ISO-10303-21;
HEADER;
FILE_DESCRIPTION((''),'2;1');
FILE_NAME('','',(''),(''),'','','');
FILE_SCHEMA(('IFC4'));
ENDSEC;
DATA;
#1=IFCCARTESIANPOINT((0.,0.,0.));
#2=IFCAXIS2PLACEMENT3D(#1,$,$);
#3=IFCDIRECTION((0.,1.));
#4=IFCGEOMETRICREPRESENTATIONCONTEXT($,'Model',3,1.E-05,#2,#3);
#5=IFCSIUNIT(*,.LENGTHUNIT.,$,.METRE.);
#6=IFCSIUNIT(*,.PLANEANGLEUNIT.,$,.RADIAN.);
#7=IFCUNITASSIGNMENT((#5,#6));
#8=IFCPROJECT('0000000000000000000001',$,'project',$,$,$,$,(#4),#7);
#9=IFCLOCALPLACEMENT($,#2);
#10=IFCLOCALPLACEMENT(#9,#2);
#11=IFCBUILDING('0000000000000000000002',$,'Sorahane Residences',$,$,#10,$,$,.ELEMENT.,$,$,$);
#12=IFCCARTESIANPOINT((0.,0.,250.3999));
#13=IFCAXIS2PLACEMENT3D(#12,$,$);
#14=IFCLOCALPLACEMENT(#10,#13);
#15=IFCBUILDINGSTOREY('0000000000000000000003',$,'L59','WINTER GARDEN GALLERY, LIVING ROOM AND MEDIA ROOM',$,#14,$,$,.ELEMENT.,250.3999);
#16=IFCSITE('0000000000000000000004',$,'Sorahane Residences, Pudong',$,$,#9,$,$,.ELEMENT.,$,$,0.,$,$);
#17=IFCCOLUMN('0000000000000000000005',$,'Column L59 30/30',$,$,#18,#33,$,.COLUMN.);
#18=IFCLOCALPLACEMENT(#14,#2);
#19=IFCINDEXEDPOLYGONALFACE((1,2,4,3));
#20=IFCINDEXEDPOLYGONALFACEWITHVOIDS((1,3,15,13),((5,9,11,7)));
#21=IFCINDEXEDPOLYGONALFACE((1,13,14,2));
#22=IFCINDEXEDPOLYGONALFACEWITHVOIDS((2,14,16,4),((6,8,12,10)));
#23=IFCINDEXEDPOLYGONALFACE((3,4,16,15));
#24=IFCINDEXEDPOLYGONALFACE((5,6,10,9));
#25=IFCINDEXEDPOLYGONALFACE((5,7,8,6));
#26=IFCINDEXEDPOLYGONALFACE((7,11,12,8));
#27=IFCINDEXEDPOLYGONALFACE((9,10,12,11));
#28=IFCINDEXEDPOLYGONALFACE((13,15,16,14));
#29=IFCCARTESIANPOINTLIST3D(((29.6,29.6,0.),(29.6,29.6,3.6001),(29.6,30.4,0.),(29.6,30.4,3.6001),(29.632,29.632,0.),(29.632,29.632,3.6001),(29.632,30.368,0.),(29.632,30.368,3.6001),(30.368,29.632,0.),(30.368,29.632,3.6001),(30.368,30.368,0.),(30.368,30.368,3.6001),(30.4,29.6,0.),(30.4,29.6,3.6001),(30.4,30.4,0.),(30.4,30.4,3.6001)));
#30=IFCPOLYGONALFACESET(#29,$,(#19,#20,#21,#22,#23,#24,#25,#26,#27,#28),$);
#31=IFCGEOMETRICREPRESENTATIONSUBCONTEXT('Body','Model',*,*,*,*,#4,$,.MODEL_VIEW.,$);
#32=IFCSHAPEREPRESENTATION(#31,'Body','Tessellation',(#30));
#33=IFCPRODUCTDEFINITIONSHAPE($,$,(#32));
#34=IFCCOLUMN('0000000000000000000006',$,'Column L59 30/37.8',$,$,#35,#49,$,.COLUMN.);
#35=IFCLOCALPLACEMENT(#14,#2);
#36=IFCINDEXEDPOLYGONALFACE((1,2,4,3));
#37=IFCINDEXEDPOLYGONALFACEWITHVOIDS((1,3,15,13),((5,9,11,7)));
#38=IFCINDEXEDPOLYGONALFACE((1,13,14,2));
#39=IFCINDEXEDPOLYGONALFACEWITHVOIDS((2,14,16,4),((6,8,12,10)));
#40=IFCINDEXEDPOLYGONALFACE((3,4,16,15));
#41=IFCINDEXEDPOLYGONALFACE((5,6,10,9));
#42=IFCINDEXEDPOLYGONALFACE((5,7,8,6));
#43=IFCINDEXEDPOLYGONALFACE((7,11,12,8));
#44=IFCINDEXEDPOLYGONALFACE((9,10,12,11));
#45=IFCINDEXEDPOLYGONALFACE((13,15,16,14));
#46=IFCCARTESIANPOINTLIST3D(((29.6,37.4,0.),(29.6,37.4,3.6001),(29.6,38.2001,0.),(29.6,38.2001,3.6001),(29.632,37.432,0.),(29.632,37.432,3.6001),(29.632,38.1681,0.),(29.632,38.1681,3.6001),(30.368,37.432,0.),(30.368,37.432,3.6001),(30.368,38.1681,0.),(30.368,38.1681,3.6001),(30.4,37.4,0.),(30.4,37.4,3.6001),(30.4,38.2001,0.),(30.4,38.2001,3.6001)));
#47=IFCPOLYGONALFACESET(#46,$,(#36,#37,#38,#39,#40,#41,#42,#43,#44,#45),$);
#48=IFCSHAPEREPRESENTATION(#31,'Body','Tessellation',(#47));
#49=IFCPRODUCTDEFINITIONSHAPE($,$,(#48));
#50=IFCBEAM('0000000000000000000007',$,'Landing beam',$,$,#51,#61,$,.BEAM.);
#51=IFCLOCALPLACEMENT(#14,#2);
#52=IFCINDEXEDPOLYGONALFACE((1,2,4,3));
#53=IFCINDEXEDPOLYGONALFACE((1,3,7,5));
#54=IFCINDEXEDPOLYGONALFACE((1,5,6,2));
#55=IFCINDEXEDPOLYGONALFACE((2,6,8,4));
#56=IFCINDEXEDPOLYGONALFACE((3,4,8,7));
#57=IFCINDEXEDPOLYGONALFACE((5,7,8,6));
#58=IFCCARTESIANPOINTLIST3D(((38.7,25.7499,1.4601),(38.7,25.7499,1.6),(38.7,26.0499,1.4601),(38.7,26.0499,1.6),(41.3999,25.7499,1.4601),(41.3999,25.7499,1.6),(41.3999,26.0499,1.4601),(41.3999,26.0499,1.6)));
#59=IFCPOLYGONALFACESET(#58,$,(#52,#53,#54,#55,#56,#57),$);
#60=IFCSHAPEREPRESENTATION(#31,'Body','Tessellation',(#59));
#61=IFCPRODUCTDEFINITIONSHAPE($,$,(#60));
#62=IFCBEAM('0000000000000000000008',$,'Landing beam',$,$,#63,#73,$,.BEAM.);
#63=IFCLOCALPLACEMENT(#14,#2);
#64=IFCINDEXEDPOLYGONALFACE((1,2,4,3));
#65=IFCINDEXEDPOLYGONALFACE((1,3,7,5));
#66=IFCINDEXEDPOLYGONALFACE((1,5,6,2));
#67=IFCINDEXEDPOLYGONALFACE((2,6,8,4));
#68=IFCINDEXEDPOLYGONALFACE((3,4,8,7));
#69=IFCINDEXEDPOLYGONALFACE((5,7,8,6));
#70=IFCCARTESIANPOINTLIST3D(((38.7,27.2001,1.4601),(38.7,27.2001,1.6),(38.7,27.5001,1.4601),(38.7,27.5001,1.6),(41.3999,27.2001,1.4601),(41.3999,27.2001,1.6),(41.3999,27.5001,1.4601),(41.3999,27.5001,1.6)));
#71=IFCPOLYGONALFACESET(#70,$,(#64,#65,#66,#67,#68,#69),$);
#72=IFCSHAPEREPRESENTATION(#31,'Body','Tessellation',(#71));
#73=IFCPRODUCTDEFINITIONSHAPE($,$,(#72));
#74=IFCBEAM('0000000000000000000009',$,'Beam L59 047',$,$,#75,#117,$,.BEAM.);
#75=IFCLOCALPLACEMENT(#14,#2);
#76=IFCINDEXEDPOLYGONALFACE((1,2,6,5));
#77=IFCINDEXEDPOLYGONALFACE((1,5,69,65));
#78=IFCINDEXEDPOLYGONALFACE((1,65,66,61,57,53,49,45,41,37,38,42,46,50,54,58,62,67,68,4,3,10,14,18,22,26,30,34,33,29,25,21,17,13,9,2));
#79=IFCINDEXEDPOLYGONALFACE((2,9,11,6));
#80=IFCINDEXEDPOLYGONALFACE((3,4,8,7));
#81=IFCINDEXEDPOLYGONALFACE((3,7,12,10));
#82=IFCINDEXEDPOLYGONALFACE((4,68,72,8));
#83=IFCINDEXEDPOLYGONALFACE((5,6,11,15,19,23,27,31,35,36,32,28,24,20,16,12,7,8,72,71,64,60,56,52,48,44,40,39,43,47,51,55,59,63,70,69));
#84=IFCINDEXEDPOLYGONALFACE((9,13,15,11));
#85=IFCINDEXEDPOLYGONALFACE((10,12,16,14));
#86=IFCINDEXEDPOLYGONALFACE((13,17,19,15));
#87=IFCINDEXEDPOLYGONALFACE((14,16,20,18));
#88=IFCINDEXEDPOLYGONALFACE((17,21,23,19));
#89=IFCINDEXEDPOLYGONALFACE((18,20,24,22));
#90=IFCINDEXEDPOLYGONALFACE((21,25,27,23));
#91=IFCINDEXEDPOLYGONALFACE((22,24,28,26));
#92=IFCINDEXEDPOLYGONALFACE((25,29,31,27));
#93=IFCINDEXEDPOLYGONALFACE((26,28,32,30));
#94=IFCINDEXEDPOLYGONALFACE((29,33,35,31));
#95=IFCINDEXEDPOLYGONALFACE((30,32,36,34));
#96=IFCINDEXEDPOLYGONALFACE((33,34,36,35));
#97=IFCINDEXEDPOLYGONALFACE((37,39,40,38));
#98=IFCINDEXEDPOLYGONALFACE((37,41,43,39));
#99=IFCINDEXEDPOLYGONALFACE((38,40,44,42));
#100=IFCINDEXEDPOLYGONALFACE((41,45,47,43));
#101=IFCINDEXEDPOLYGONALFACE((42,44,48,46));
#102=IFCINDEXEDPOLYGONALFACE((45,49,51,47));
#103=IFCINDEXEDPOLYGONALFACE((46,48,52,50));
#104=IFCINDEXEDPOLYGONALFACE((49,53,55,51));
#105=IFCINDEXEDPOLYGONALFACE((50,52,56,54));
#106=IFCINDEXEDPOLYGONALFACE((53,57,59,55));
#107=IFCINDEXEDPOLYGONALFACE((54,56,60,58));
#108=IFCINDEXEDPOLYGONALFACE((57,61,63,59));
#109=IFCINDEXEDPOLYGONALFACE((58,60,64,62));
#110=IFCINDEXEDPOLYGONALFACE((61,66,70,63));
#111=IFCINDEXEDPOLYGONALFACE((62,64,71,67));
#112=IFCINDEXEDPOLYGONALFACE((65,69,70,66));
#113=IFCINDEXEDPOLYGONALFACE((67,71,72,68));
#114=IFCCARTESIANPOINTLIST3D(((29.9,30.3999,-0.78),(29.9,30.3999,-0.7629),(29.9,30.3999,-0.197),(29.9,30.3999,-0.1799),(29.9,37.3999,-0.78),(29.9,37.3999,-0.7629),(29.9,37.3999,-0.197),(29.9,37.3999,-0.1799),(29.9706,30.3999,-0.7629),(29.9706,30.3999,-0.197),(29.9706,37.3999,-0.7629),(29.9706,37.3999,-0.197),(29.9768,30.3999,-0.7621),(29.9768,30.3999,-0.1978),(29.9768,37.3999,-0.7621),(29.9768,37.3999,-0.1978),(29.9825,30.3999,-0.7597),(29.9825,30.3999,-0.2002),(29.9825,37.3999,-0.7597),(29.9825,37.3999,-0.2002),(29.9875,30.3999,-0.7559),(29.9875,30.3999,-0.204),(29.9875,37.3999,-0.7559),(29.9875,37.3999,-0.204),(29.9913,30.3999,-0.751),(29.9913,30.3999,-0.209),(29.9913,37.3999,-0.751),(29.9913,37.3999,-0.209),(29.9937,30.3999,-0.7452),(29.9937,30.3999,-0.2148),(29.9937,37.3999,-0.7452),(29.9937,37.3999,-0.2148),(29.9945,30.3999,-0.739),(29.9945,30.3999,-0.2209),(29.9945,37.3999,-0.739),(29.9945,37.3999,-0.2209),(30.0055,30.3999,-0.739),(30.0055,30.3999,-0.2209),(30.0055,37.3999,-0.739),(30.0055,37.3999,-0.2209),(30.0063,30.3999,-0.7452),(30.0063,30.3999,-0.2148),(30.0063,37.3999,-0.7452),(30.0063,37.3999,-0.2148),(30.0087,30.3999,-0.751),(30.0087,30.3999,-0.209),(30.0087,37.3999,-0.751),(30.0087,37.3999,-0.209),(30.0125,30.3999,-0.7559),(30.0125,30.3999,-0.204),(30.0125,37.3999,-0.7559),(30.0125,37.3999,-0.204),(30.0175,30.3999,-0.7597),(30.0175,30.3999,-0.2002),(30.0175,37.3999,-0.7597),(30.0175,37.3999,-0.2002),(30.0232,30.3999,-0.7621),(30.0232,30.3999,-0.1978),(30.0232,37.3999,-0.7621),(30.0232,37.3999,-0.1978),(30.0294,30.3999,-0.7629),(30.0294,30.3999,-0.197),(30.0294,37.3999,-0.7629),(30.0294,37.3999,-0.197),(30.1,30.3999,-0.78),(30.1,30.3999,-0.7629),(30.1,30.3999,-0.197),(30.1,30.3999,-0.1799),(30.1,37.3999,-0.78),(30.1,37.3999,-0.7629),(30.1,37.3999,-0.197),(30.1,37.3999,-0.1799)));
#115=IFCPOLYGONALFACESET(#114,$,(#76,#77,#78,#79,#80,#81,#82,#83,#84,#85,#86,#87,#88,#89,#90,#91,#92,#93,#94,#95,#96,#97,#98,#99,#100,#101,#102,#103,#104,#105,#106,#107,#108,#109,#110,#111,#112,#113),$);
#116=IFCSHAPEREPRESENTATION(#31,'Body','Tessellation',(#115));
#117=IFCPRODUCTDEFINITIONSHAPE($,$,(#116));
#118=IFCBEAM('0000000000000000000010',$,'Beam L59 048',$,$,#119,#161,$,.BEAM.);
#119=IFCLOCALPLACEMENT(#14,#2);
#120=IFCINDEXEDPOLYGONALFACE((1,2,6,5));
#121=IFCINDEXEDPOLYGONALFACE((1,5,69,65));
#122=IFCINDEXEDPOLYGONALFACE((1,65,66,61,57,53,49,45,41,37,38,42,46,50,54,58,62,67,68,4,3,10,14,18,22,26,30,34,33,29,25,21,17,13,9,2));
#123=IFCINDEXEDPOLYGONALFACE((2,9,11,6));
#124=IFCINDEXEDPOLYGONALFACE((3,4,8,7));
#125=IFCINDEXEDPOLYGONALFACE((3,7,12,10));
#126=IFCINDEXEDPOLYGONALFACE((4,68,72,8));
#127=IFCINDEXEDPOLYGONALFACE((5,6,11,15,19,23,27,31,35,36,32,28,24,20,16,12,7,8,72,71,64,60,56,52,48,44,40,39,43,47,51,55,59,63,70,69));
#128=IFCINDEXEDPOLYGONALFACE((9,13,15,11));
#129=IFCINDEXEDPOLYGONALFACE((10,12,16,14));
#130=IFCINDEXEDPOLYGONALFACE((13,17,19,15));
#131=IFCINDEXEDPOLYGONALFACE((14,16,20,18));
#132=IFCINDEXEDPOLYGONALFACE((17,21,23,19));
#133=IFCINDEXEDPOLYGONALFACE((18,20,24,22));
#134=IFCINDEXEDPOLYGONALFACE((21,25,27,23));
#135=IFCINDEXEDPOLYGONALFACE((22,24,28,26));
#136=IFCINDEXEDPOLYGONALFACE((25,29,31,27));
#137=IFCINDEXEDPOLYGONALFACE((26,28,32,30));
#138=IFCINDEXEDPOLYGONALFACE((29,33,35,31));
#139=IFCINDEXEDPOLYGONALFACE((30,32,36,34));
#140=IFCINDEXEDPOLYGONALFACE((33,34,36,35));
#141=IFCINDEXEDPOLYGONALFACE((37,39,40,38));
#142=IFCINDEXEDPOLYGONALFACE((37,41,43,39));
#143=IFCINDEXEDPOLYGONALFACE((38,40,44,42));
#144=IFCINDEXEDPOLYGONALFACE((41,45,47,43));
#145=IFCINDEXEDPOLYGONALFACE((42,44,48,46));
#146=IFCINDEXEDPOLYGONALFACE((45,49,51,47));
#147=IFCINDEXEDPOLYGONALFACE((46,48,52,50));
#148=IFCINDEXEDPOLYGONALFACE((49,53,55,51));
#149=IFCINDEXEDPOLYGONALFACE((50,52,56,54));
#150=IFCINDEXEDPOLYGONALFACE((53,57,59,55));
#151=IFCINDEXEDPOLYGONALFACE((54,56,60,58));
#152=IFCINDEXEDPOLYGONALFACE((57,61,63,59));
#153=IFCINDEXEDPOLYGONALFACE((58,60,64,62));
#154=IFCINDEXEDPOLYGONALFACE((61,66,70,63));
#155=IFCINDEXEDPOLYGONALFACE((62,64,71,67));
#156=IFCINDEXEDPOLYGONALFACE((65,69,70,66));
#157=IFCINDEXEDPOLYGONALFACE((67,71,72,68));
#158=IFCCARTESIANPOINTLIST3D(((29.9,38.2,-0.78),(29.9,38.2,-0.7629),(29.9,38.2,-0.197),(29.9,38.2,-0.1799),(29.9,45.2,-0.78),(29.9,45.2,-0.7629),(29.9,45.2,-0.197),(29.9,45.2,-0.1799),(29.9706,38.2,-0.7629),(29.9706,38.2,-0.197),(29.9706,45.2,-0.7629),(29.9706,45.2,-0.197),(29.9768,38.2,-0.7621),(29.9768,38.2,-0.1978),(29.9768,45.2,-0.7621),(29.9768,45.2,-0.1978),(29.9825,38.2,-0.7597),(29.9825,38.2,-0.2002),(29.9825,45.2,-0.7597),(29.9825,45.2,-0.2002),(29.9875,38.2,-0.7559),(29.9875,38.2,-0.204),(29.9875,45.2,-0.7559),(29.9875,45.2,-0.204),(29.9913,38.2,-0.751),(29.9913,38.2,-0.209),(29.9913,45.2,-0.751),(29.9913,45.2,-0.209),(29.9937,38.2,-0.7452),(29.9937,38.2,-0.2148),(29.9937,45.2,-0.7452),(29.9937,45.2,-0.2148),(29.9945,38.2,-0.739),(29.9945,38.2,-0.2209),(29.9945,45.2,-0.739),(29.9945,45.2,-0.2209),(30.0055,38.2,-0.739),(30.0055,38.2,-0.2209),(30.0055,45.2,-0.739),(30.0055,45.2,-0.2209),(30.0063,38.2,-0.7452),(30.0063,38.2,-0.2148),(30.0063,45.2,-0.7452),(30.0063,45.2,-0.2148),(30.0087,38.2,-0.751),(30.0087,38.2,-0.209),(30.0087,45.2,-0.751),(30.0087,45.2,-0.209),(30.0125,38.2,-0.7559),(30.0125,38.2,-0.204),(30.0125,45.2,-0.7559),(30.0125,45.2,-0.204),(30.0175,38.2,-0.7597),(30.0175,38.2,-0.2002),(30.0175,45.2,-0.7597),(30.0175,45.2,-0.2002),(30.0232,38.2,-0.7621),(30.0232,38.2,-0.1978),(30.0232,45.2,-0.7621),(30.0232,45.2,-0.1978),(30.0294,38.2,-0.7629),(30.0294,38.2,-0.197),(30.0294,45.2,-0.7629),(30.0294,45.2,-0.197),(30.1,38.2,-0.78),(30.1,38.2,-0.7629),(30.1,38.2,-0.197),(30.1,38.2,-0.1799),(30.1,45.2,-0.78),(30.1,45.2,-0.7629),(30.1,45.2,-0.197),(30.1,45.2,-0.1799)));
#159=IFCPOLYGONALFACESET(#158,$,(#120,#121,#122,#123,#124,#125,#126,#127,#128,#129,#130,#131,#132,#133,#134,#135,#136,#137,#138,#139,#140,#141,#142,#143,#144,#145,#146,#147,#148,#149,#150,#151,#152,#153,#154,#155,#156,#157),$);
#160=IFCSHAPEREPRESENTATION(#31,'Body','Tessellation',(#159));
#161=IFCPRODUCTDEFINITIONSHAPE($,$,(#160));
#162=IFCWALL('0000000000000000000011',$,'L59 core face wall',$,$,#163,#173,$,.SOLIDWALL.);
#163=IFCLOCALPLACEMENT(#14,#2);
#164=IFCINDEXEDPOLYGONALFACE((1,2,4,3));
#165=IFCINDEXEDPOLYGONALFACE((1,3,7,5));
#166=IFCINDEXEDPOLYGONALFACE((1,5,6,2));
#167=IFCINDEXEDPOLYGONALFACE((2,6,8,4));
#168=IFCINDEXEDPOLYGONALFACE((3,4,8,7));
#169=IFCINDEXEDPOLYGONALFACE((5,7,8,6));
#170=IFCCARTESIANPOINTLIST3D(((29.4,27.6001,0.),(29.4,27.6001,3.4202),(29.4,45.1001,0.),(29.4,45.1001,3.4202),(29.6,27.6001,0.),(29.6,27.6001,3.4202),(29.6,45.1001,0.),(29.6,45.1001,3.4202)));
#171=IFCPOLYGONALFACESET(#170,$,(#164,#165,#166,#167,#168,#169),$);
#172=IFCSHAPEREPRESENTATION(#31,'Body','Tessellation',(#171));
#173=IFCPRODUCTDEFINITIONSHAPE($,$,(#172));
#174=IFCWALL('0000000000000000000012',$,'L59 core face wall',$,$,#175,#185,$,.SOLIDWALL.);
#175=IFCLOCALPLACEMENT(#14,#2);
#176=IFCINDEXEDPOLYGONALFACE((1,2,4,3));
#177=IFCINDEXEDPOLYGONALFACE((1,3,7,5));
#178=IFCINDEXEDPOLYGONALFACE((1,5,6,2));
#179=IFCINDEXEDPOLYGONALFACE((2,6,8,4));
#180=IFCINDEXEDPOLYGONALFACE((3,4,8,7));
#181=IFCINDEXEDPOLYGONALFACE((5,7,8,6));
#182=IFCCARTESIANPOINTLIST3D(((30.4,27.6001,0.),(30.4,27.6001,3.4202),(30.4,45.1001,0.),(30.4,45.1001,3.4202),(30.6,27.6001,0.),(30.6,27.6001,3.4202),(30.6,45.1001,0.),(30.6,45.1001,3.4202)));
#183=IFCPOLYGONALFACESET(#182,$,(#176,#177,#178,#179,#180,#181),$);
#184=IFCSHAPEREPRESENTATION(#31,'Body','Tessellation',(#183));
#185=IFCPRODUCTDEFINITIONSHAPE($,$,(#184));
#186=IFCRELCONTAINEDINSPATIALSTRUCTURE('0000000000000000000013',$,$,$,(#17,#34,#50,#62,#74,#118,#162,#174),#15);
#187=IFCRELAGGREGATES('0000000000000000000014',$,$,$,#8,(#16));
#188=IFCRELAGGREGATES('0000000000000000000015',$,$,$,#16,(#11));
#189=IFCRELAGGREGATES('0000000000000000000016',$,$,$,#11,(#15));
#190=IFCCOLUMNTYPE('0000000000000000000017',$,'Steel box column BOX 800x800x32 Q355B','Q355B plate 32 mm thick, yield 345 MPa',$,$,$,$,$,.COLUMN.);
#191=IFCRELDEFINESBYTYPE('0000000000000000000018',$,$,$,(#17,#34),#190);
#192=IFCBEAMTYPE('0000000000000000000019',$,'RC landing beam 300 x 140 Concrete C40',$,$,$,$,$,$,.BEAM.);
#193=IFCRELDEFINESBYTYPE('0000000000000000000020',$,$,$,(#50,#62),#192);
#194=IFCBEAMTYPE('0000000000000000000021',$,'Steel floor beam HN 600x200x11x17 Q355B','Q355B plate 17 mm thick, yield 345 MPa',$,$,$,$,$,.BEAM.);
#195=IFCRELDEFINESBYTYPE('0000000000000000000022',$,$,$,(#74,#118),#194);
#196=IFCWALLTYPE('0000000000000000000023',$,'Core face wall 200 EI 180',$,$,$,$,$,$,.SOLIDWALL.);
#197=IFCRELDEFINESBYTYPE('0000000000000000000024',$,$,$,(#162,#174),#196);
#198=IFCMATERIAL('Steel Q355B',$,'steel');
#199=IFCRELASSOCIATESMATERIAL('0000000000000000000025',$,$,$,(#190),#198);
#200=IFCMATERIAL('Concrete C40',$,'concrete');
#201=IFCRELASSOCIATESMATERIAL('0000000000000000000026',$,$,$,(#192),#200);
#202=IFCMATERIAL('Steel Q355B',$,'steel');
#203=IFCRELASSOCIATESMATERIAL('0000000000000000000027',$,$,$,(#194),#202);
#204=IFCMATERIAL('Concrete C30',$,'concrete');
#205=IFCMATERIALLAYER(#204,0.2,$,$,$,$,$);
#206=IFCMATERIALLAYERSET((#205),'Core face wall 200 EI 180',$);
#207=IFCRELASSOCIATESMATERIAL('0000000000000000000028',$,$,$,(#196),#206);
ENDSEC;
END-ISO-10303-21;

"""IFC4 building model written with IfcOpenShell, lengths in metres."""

from ifc_helpers import new_model, si_unit, direction, frame, frame_2d, origin, origin_2d, place, context, subcontext, project, spatial, rectangle, hollow_rectangle, i_section, extrude, material, layer, layer_set, material_profile, profile_set, type_object, element, save


model = new_model("IFC4")

# Units and contexts
model_context = context("Model", 3, precision=1e-05, world=origin(), true_north=direction((0.0, 1.0)))
body_context = subcontext(model_context, "Body", "Model", "MODEL_VIEW")
ifc_project = project(units=[si_unit("LENGTHUNIT", "METRE"), si_unit("PLANEANGLEUNIT", "RADIAN")], contexts=[model_context])

# Site, building, storey
site_placement = place(None, origin())
site = spatial("IfcSite", under=ifc_project, at=site_placement, Name="Sorahane Residences, Pudong", CompositionType="ELEMENT", RefElevation=0.0)
building_placement = place(site_placement, origin())
building = spatial("IfcBuilding", under=site, at=building_placement, Name="Sorahane Residences", CompositionType="ELEMENT")
storey_placement = place(building_placement, frame((0.0, 0.0, 250.3999)))
storey = spatial("IfcBuildingStorey", under=building, at=storey_placement, Name="L59", Description="WINTER GARDEN GALLERY, LIVING ROOM AND MEDIA ROOM", CompositionType="ELEMENT", Elevation=250.3999)

# Columns
ifc_material_1 = material(Name="Steel Q355B", Category="steel")
ifc_material_profile_1 = material_profile(ifc_material_1, hollow_rectangle(XDim=0.8, YDim=0.8, WallThickness=0.032, at=origin_2d()), Name="BOX 800x800x32")
ifc_profile_set_1 = profile_set([ifc_material_profile_1], Name="Steel Q355B")
column_type = type_object("IfcColumnType", Name="Steel box column BOX 800x800x32 Q355B", Description="Q355B plate 32 mm thick, yield 345 MPa", PredefinedType="COLUMN", material=ifc_profile_set_1)
for number, where, z_axis, x_axis, name in (
    (1, (30.0, 30.0, 0.0), (0.0, 0.0, 1.0), (1.0, 0.0, 0.0), "Column L59 30/30"),
    (2, (30.0, 37.8, 0.0), (0.0, 0.0, 1.0), (1.0, 0.0, 0.0), "Column L59 30/37.8"),
):
    element("IfcColumn", number, at=place(storey_placement, frame(where, z_axis=z_axis, x_axis=x_axis)), inside=storey, type_object=column_type, Name=name, PredefinedType="COLUMN", context=body_context, shape_type="SweptSolid", body=[
        extrude(hollow_rectangle(XDim=0.8, YDim=0.8, WallThickness=0.032, at=origin_2d()), origin(), (0.0, 0.0, 1.0), 3.6001),
    ])

# Beams
ifc_material_2 = material(Name="Concrete C40", Category="concrete")
ifc_material_profile_2 = material_profile(ifc_material_2, rectangle(XDim=0.3, YDim=0.1399, at=origin_2d()), Name="300x140")
ifc_profile_set_2 = profile_set([ifc_material_profile_2], Name="Concrete C40")
beam_type_1 = type_object("IfcBeamType", Name="RC landing beam 300 x 140 Concrete C40", PredefinedType="BEAM", material=ifc_profile_set_2)
for number, where, z_axis, x_axis, name in (
    (3, (38.7, 25.8999, 1.53), (1.0, 0.0, 0.0), (0.0, 1.0, 0.0), "Landing beam"),
    (4, (38.7, 27.3501, 1.53), (1.0, 0.0, 0.0), (0.0, 1.0, 0.0), "Landing beam"),
):
    element("IfcBeam", number, at=place(storey_placement, frame(where, z_axis=z_axis, x_axis=x_axis)), inside=storey, type_object=beam_type_1, Name=name, PredefinedType="BEAM", context=body_context, shape_type="SweptSolid", body=[
        extrude(rectangle(XDim=0.3, YDim=0.1399, at=origin_2d()), origin(), (0.0, 0.0, 1.0), 2.7),
    ])
ifc_material_3 = material(Name="Steel Q355B", Category="steel")
ifc_material_profile_3 = material_profile(ifc_material_3, i_section(OverallWidth=0.2, OverallDepth=0.6001, WebThickness=0.011, FlangeThickness=0.0171, FilletRadius=0.0239, at=origin_2d()), Name="HN 600x200x11x17")
ifc_profile_set_3 = profile_set([ifc_material_profile_3], Name="Steel Q355B")
beam_type_2 = type_object("IfcBeamType", Name="Steel floor beam HN 600x200x11x17 Q355B", Description="Q355B plate 17 mm thick, yield 345 MPa", PredefinedType="BEAM", material=ifc_profile_set_3)
for number, where, z_axis, x_axis, name in (
    (5, (30.0, 30.3999, -0.48), (0.0, 1.0, 0.0), (-1.0, 0.0, 0.0), "Beam L59 047"),
    (6, (30.0, 38.2, -0.48), (0.0, 1.0, 0.0), (-1.0, 0.0, 0.0), "Beam L59 048"),
):
    element("IfcBeam", number, at=place(storey_placement, frame(where, z_axis=z_axis, x_axis=x_axis)), inside=storey, type_object=beam_type_2, Name=name, PredefinedType="BEAM", context=body_context, shape_type="SweptSolid", body=[
        extrude(i_section(OverallWidth=0.2, OverallDepth=0.6001, WebThickness=0.011, FlangeThickness=0.0171, FilletRadius=0.0239, at=origin_2d()), origin(), (0.0, 0.0, 1.0), 7.0),
    ])

# Walls
ifc_material_4 = material(Name="Concrete C30", Category="concrete")
ifc_layer_1 = layer(ifc_material_4, 0.2)
ifc_layer_set_1 = layer_set([ifc_layer_1], Name="Core face wall 200 EI 180")
wall_type_1 = type_object("IfcWallType", Name="Core face wall 200 EI 180", PredefinedType="SOLIDWALL", material=ifc_layer_set_1)
for number, where, z_axis, x_axis, name in (
    (7, (29.5, 27.6001, 0.0), (0.0, 0.0, 1.0), (0.0, 1.0, 0.0), "L59 core face wall"),
    (8, (30.5, 27.6001, 0.0), (0.0, 0.0, 1.0), (0.0, 1.0, 0.0), "L59 core face wall"),
):
    element("IfcWall", number, at=place(storey_placement, frame(where, z_axis=z_axis, x_axis=x_axis)), inside=storey, type_object=wall_type_1, Name=name, PredefinedType="SOLIDWALL", context=body_context, shape_type="SweptSolid", body=[
        extrude(rectangle(XDim=17.5, YDim=0.2, at=frame_2d((8.75, 0.0))), origin(), (0.0, 0.0, 1.0), 3.4202),
    ])

save(model, "model.ifc")
